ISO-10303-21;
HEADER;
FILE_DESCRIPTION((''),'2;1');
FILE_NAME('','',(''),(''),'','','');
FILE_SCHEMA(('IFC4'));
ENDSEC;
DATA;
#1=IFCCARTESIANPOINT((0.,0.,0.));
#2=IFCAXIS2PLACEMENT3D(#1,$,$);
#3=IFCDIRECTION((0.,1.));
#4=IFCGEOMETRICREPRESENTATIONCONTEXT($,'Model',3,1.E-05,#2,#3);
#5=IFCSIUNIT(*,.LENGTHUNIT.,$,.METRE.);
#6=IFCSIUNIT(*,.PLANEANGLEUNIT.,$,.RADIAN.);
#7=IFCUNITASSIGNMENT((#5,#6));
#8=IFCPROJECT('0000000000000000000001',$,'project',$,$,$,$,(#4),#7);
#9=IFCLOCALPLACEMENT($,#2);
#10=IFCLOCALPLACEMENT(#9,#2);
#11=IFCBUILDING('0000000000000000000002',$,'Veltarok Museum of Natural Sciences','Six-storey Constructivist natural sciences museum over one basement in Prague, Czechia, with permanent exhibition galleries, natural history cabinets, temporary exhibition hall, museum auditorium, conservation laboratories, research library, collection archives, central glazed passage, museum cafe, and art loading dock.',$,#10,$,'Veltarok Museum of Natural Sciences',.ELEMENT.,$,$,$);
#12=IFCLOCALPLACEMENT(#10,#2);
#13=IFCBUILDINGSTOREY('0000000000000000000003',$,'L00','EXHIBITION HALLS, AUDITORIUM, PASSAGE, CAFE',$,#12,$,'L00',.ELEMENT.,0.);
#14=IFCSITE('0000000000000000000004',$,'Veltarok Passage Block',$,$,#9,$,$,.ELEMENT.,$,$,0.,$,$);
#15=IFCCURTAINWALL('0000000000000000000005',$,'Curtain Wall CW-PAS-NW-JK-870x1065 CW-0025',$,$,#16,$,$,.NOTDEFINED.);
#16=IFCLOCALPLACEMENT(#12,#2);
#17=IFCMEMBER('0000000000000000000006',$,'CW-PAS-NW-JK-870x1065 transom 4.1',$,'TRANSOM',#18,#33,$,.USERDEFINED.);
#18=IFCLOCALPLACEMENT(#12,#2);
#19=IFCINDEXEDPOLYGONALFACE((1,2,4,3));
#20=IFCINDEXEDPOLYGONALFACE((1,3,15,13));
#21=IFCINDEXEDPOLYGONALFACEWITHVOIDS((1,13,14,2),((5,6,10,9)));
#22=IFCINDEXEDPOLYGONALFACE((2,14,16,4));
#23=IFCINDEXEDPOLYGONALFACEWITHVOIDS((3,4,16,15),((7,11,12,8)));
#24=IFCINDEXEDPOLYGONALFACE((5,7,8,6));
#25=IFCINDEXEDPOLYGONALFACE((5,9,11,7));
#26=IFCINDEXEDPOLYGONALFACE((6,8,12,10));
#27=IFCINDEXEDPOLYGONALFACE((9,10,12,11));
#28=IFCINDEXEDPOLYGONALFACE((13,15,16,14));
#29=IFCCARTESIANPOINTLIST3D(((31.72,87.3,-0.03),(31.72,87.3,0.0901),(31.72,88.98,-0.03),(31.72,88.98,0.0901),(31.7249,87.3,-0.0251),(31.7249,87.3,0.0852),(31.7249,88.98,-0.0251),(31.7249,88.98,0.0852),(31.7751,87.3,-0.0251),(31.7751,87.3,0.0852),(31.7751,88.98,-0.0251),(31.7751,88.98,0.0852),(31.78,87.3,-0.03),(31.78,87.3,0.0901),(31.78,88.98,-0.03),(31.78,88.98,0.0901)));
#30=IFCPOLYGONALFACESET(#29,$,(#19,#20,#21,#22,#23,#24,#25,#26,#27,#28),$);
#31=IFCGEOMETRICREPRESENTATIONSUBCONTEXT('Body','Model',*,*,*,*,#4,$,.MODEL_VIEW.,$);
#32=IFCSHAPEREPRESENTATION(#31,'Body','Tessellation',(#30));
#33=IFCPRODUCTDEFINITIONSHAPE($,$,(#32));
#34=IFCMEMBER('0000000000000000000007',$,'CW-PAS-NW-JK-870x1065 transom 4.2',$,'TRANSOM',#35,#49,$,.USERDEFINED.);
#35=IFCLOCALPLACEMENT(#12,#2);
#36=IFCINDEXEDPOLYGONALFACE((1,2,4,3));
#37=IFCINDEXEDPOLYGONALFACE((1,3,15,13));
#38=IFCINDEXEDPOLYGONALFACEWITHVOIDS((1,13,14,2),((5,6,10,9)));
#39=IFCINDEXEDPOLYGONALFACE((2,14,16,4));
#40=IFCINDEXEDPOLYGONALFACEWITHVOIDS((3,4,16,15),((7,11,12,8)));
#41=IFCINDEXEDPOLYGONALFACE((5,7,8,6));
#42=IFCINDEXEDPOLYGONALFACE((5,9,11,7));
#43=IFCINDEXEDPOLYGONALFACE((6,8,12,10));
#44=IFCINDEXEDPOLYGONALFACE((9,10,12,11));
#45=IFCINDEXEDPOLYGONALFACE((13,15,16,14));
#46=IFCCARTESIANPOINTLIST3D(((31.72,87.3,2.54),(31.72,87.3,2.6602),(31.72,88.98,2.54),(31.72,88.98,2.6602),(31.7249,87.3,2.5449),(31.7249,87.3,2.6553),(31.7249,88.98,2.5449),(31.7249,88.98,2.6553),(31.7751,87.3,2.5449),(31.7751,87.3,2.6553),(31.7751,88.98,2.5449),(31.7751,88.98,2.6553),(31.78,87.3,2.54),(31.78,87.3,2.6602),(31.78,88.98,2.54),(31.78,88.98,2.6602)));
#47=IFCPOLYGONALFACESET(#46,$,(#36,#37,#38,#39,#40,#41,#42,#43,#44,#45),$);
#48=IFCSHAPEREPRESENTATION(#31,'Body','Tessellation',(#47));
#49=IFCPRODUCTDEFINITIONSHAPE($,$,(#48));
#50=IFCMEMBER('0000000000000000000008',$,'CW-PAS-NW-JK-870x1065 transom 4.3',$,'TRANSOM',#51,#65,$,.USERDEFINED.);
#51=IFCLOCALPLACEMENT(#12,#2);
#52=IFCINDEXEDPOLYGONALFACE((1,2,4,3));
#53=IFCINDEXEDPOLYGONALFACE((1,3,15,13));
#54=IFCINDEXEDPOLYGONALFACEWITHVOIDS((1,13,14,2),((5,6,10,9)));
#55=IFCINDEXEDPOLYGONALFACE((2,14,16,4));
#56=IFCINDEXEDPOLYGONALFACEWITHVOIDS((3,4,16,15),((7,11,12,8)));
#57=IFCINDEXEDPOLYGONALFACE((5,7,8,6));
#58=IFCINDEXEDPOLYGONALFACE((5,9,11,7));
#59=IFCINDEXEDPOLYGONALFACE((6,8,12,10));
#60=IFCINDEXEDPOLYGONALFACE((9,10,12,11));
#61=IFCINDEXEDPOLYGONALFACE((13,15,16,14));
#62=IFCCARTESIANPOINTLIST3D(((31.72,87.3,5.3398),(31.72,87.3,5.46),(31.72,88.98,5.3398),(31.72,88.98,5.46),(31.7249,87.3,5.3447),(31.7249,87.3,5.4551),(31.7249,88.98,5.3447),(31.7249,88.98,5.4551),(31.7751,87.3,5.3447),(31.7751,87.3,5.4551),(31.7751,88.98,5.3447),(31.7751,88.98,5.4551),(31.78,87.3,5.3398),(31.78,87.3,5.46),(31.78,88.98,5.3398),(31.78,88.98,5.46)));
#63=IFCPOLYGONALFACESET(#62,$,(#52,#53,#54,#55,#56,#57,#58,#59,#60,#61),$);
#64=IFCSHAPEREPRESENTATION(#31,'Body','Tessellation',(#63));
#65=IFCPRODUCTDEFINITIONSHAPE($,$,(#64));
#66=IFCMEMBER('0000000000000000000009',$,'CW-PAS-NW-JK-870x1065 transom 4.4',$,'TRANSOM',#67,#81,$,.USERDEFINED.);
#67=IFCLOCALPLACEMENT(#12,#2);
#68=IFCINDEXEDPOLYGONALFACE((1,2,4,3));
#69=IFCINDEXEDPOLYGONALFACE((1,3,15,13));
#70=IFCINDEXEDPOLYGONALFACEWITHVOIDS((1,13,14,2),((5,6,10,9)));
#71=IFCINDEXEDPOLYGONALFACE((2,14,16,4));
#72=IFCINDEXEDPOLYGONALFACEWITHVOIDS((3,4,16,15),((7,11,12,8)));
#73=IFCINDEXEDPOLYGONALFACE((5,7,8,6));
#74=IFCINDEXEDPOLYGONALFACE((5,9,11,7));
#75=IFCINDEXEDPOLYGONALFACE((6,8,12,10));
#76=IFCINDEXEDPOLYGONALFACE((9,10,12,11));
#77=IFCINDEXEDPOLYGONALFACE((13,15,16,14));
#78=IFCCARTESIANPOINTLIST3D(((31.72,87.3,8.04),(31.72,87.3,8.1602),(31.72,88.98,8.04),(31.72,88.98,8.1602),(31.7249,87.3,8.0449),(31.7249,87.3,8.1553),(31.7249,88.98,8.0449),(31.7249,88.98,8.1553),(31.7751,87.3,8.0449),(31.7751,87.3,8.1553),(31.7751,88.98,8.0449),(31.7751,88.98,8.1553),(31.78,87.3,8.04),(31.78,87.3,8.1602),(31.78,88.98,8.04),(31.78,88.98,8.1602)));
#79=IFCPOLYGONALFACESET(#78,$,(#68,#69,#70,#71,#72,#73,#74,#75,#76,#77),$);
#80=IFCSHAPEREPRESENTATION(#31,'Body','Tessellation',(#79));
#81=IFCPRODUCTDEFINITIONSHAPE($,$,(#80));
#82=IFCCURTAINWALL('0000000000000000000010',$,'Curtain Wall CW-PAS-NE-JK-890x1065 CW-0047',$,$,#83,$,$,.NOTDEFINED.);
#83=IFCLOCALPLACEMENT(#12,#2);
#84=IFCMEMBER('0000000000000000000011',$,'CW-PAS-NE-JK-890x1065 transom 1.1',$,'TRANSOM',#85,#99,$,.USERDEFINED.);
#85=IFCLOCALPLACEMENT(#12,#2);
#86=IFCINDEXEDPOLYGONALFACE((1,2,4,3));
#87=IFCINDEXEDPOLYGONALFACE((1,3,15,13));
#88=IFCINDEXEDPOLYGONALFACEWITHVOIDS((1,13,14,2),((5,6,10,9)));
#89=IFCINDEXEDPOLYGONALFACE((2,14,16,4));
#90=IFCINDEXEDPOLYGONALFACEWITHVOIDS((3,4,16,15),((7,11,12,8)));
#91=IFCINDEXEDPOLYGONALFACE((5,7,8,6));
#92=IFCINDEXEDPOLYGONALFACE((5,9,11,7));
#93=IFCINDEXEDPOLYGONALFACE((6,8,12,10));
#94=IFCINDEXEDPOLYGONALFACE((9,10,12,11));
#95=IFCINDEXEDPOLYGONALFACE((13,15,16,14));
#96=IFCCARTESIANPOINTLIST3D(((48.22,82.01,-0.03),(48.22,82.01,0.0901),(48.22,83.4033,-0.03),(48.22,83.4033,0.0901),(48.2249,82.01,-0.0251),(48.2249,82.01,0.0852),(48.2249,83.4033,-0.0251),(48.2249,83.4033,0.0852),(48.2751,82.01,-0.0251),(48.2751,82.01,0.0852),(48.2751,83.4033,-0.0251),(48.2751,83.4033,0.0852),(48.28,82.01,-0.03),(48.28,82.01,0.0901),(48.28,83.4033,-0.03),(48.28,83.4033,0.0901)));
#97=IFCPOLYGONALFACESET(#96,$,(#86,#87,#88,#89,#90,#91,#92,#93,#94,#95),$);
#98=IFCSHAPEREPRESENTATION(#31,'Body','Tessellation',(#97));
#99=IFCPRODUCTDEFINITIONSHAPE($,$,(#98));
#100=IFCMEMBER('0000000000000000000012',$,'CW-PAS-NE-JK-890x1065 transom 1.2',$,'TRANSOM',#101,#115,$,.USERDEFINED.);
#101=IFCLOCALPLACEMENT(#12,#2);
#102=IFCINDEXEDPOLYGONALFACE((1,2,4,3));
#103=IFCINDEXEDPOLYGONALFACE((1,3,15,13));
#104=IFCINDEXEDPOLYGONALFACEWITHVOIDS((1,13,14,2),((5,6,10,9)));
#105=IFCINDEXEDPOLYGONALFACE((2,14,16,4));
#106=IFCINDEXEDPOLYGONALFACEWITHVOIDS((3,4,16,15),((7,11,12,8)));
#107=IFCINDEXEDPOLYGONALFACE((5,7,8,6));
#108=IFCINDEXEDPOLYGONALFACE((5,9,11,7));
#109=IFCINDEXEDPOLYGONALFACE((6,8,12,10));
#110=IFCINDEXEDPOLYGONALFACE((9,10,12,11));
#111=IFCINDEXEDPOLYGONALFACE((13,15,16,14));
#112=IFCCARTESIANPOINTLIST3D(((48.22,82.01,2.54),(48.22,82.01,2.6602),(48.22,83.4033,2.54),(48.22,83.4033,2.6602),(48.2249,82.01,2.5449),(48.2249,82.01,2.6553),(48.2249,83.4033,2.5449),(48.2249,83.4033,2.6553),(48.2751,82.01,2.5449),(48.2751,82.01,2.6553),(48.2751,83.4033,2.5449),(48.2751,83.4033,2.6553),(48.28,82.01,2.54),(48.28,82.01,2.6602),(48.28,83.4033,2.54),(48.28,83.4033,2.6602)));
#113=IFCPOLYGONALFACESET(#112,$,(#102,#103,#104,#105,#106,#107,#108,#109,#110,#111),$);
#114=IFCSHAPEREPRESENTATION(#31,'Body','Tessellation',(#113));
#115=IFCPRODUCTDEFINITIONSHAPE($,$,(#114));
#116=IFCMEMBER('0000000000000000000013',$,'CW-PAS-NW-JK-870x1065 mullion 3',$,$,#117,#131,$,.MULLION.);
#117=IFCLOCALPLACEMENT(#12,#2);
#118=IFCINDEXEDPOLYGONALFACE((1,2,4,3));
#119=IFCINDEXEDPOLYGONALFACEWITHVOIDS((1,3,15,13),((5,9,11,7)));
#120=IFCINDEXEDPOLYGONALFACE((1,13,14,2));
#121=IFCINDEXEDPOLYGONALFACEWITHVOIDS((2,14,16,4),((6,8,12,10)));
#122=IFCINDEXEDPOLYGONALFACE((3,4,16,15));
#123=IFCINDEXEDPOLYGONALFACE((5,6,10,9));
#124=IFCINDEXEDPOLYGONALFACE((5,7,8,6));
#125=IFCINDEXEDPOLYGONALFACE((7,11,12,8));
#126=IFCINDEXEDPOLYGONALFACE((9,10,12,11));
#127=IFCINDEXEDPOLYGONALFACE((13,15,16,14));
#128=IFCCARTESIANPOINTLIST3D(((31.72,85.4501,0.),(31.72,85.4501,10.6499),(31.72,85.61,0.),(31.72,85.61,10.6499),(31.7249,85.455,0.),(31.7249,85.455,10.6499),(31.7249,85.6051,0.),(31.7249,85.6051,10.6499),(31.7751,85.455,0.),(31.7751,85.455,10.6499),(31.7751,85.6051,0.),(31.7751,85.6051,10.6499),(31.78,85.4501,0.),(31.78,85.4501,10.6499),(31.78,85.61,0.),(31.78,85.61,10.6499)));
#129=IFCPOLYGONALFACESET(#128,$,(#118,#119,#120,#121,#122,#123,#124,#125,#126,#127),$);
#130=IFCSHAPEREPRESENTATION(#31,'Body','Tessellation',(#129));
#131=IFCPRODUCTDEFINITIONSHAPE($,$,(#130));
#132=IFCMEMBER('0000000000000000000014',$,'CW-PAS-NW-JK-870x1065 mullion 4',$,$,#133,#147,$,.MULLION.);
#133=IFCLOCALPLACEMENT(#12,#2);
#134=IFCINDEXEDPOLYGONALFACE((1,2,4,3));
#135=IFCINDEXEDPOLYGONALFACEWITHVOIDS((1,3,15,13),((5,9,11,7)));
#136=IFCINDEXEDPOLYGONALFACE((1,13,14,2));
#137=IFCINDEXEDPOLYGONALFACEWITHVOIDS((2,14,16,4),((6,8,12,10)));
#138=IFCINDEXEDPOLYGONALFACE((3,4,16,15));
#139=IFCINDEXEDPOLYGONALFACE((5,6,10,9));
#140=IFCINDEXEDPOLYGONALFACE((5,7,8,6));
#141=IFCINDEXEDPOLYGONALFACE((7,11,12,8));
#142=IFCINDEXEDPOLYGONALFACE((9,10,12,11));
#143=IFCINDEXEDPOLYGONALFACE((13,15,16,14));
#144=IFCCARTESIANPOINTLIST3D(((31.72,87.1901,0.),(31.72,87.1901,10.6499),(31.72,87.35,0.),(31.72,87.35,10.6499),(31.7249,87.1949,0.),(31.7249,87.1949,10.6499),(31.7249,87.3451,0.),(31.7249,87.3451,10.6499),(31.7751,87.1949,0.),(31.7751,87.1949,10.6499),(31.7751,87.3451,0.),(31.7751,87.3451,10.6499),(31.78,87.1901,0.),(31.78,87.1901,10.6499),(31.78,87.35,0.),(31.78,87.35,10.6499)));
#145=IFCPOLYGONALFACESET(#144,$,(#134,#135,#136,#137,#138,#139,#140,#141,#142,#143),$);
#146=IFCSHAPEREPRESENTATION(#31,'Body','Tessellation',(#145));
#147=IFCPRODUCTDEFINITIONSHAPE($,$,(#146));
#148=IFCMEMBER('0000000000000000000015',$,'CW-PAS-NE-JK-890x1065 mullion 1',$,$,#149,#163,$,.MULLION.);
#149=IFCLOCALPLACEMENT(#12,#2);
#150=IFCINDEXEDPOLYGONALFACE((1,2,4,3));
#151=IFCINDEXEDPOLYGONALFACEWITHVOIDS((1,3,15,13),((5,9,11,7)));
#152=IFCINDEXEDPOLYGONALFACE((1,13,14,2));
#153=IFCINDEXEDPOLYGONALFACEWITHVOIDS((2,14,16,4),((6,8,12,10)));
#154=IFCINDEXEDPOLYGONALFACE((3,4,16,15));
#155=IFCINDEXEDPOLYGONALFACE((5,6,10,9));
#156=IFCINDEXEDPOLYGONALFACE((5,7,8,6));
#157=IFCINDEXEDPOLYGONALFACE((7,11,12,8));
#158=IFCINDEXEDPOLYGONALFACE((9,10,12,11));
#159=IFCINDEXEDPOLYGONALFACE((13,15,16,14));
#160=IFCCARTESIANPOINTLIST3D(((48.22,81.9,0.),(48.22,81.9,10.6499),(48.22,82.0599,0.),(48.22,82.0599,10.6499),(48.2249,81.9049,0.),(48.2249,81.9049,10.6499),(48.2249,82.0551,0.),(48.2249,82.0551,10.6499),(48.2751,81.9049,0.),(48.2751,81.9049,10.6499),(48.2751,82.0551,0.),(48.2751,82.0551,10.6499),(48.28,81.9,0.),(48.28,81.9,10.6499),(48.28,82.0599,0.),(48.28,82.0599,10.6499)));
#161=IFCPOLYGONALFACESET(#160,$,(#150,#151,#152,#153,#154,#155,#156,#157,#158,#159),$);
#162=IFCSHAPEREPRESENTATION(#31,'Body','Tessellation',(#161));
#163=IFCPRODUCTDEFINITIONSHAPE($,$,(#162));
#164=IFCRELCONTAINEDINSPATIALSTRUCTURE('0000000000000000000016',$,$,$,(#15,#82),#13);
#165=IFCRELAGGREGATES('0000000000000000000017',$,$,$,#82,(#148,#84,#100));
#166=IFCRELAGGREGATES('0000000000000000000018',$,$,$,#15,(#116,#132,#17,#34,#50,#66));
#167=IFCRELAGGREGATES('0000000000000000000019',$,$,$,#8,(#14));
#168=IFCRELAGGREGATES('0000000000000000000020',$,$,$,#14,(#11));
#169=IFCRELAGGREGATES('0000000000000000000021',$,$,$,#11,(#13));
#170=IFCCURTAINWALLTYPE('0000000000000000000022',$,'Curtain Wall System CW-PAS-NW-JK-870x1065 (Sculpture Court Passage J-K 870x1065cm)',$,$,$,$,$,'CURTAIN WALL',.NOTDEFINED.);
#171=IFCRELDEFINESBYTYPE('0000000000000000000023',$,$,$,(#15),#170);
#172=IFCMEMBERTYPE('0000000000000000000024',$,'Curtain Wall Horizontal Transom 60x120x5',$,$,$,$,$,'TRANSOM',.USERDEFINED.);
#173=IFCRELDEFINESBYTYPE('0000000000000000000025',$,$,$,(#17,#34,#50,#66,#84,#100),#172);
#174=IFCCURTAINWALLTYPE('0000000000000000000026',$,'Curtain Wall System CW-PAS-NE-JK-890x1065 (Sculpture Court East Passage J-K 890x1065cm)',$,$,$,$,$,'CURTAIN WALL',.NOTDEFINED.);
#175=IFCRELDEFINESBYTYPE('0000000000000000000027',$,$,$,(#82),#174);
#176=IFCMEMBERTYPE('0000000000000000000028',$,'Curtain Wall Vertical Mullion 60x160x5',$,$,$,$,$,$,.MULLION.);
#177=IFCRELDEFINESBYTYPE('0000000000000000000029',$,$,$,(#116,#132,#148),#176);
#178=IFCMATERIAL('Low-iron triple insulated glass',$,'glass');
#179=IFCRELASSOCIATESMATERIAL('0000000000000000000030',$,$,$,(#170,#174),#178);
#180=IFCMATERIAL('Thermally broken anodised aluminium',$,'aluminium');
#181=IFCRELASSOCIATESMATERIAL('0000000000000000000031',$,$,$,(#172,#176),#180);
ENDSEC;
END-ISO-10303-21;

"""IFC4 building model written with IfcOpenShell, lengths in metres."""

from ifc_helpers import new_model, si_unit, direction, frame, origin, origin_2d, place, context, subcontext, project, spatial, hollow_rectangle, extrude, material, material_profile, profile_set, type_object, element, aggregate, save


model = new_model("IFC4")

# Units and contexts
model_context = context("Model", 3, precision=1e-05, world=origin(), true_north=direction((0.0, 1.0)))
body_context = subcontext(model_context, "Body", "Model", "MODEL_VIEW")
ifc_project = project(units=[si_unit("LENGTHUNIT", "METRE"), si_unit("PLANEANGLEUNIT", "RADIAN")], contexts=[model_context])

# Site, building, storey
site_placement = place(None, origin())
site = spatial("IfcSite", under=ifc_project, at=site_placement, Name="Veltarok Passage Block", CompositionType="ELEMENT", RefElevation=0.0)
building_placement = place(site_placement, origin())
building = spatial("IfcBuilding", under=site, at=building_placement, Name="Veltarok Museum of Natural Sciences", Description="Six-storey Constructivist natural sciences museum over one basement in Prague, Czechia, with permanent exhibition galleries, natural history cabinets, temporary exhibition hall, museum auditorium, conservation laboratories, research library, collection archives, central glazed passage, museum cafe, and art loading dock.", LongName="Veltarok Museum of Natural Sciences", CompositionType="ELEMENT")
storey_placement = place(building_placement, origin())
storey = spatial("IfcBuildingStorey", under=building, at=storey_placement, Name="L00", Description="EXHIBITION HALLS, AUDITORIUM, PASSAGE, CAFE", LongName="L00", CompositionType="ELEMENT", Elevation=0.0)

# Curtain walls, members
ifc_material_1 = material(Name="Low-iron triple insulated glass", Category="glass")
curtain_wall_type_1 = type_object("IfcCurtainWallType", Name="Curtain Wall System CW-PAS-NW-JK-870x1065 (Sculpture Court Passage J-K 870x1065cm)", ElementType="CURTAIN WALL", PredefinedType="NOTDEFINED", material=ifc_material_1)
curtain_wall_1_placement = place(storey_placement, origin())
curtain_wall_1 = element("IfcCurtainWall", 1, at=curtain_wall_1_placement, inside=storey, type_object=curtain_wall_type_1, Name="Curtain Wall CW-PAS-NW-JK-870x1065 CW-0025", PredefinedType="NOTDEFINED")
ifc_material_2 = material(Name="Thermally broken anodised aluminium", Category="aluminium")
ifc_material_profile_1 = material_profile(ifc_material_2, hollow_rectangle(XDim=0.0601, YDim=0.1201, WallThickness=0.0049, at=origin_2d()), Name="CW TRANSOM 60x120x5")
ifc_profile_set_1 = profile_set([ifc_material_profile_1], Name="Thermally broken anodised aluminium")
member_type_1 = type_object("IfcMemberType", Name="Curtain Wall Horizontal Transom 60x120x5", ElementType="TRANSOM", PredefinedType="USERDEFINED", material=ifc_profile_set_1)
member_1_placement = place(storey_placement, frame((31.75, 87.3, 0.03), z_axis=(0.0, 1.0, 0.0), x_axis=(-1.0, 0.0, 0.0)))
member_1 = element("IfcMember", 2, at=member_1_placement, type_object=member_type_1, Name="CW-PAS-NW-JK-870x1065 transom 4.1", ObjectType="TRANSOM", PredefinedType="USERDEFINED", context=body_context, shape_type="SweptSolid", body=[
    extrude(hollow_rectangle(XDim=0.0601, YDim=0.1201, WallThickness=0.0049, at=origin_2d()), origin(), (0.0, 0.0, 1.0), 1.6799),
])
member_2_placement = place(storey_placement, frame((31.75, 87.3, 2.6001), z_axis=(0.0, 1.0, 0.0), x_axis=(-1.0, 0.0, 0.0)))
member_2 = element("IfcMember", 3, at=member_2_placement, type_object=member_type_1, Name="CW-PAS-NW-JK-870x1065 transom 4.2", ObjectType="TRANSOM", PredefinedType="USERDEFINED", context=body_context, shape_type="SweptSolid", body=[
    extrude(hollow_rectangle(XDim=0.0601, YDim=0.1201, WallThickness=0.0049, at=origin_2d()), origin(), (0.0, 0.0, 1.0), 1.6799),
])
member_3_placement = place(storey_placement, frame((31.75, 87.3, 5.3999), z_axis=(0.0, 1.0, 0.0), x_axis=(-1.0, 0.0, 0.0)))
member_3 = element("IfcMember", 4, at=member_3_placement, type_object=member_type_1, Name="CW-PAS-NW-JK-870x1065 transom 4.3", ObjectType="TRANSOM", PredefinedType="USERDEFINED", context=body_context, shape_type="SweptSolid", body=[
    extrude(hollow_rectangle(XDim=0.0601, YDim=0.1201, WallThickness=0.0049, at=origin_2d()), origin(), (0.0, 0.0, 1.0), 1.6799),
])
member_4_placement = place(storey_placement, frame((31.75, 87.3, 8.1001), z_axis=(0.0, 1.0, 0.0), x_axis=(-1.0, 0.0, 0.0)))
member_4 = element("IfcMember", 5, at=member_4_placement, type_object=member_type_1, Name="CW-PAS-NW-JK-870x1065 transom 4.4", ObjectType="TRANSOM", PredefinedType="USERDEFINED", context=body_context, shape_type="SweptSolid", body=[
    extrude(hollow_rectangle(XDim=0.0601, YDim=0.1201, WallThickness=0.0049, at=origin_2d()), origin(), (0.0, 0.0, 1.0), 1.6799),
])
curtain_wall_type_2 = type_object("IfcCurtainWallType", Name="Curtain Wall System CW-PAS-NE-JK-890x1065 (Sculpture Court East Passage J-K 890x1065cm)", ElementType="CURTAIN WALL", PredefinedType="NOTDEFINED", material=ifc_material_1)
curtain_wall_2_placement = place(storey_placement, origin())
curtain_wall_2 = element("IfcCurtainWall", 6, at=curtain_wall_2_placement, inside=storey, type_object=curtain_wall_type_2, Name="Curtain Wall CW-PAS-NE-JK-890x1065 CW-0047", PredefinedType="NOTDEFINED")
member_5_placement = place(storey_placement, frame((48.25, 82.01, 0.03), z_axis=(0.0, 1.0, 0.0), x_axis=(-1.0, 0.0, 0.0)))
member_5 = element("IfcMember", 7, at=member_5_placement, type_object=member_type_1, Name="CW-PAS-NE-JK-890x1065 transom 1.1", ObjectType="TRANSOM", PredefinedType="USERDEFINED", context=body_context, shape_type="SweptSolid", body=[
    extrude(hollow_rectangle(XDim=0.0601, YDim=0.1201, WallThickness=0.0049, at=origin_2d()), origin(), (0.0, 0.0, 1.0), 1.3933),
])
member_6_placement = place(storey_placement, frame((48.25, 82.01, 2.6001), z_axis=(0.0, 1.0, 0.0), x_axis=(-1.0, 0.0, 0.0)))
member_6 = element("IfcMember", 8, at=member_6_placement, type_object=member_type_1, Name="CW-PAS-NE-JK-890x1065 transom 1.2", ObjectType="TRANSOM", PredefinedType="USERDEFINED", context=body_context, shape_type="SweptSolid", body=[
    extrude(hollow_rectangle(XDim=0.0601, YDim=0.1201, WallThickness=0.0049, at=origin_2d()), origin(), (0.0, 0.0, 1.0), 1.3933),
])

# Members
ifc_material_profile_2 = material_profile(ifc_material_2, hollow_rectangle(XDim=0.0601, YDim=0.1599, WallThickness=0.0049, at=origin_2d()), Name="CW MULLION 60x160x5")
ifc_profile_set_2 = profile_set([ifc_material_profile_2], Name="Thermally broken anodised aluminium")
member_type_2 = type_object("IfcMemberType", Name="Curtain Wall Vertical Mullion 60x160x5", PredefinedType="MULLION", material=ifc_profile_set_2)
member_7_placement = place(storey_placement, frame((31.75, 85.53, 0.0), z_axis=(0.0, 0.0, 1.0), x_axis=(-1.0, 0.0, 0.0)))
member_7 = element("IfcMember", 9, at=member_7_placement, type_object=member_type_2, Name="CW-PAS-NW-JK-870x1065 mullion 3", PredefinedType="MULLION", context=body_context, shape_type="SweptSolid", body=[
    extrude(hollow_rectangle(XDim=0.0601, YDim=0.1599, WallThickness=0.0049, at=origin_2d()), origin(), (0.0, 0.0, 1.0), 10.6499),
])
member_8_placement = place(storey_placement, frame((31.75, 87.27, 0.0), z_axis=(0.0, 0.0, 1.0), x_axis=(-1.0, 0.0, 0.0)))
member_8 = element("IfcMember", 10, at=member_8_placement, type_object=member_type_2, Name="CW-PAS-NW-JK-870x1065 mullion 4", PredefinedType="MULLION", context=body_context, shape_type="SweptSolid", body=[
    extrude(hollow_rectangle(XDim=0.0601, YDim=0.1599, WallThickness=0.0049, at=origin_2d()), origin(), (0.0, 0.0, 1.0), 10.6499),
])
member_9_placement = place(storey_placement, frame((48.25, 81.98, 0.0), z_axis=(0.0, 0.0, 1.0), x_axis=(-1.0, 0.0, 0.0)))
member_9 = element("IfcMember", 11, at=member_9_placement, type_object=member_type_2, Name="CW-PAS-NE-JK-890x1065 mullion 1", PredefinedType="MULLION", context=body_context, shape_type="SweptSolid", body=[
    extrude(hollow_rectangle(XDim=0.0601, YDim=0.1599, WallThickness=0.0049, at=origin_2d()), origin(), (0.0, 0.0, 1.0), 10.6499),
])
aggregate(curtain_wall_2, [member_9, member_5, member_6])

aggregate(curtain_wall_1, [member_7, member_8, member_1, member_2, member_3, member_4])

save(model, "model.ifc")
